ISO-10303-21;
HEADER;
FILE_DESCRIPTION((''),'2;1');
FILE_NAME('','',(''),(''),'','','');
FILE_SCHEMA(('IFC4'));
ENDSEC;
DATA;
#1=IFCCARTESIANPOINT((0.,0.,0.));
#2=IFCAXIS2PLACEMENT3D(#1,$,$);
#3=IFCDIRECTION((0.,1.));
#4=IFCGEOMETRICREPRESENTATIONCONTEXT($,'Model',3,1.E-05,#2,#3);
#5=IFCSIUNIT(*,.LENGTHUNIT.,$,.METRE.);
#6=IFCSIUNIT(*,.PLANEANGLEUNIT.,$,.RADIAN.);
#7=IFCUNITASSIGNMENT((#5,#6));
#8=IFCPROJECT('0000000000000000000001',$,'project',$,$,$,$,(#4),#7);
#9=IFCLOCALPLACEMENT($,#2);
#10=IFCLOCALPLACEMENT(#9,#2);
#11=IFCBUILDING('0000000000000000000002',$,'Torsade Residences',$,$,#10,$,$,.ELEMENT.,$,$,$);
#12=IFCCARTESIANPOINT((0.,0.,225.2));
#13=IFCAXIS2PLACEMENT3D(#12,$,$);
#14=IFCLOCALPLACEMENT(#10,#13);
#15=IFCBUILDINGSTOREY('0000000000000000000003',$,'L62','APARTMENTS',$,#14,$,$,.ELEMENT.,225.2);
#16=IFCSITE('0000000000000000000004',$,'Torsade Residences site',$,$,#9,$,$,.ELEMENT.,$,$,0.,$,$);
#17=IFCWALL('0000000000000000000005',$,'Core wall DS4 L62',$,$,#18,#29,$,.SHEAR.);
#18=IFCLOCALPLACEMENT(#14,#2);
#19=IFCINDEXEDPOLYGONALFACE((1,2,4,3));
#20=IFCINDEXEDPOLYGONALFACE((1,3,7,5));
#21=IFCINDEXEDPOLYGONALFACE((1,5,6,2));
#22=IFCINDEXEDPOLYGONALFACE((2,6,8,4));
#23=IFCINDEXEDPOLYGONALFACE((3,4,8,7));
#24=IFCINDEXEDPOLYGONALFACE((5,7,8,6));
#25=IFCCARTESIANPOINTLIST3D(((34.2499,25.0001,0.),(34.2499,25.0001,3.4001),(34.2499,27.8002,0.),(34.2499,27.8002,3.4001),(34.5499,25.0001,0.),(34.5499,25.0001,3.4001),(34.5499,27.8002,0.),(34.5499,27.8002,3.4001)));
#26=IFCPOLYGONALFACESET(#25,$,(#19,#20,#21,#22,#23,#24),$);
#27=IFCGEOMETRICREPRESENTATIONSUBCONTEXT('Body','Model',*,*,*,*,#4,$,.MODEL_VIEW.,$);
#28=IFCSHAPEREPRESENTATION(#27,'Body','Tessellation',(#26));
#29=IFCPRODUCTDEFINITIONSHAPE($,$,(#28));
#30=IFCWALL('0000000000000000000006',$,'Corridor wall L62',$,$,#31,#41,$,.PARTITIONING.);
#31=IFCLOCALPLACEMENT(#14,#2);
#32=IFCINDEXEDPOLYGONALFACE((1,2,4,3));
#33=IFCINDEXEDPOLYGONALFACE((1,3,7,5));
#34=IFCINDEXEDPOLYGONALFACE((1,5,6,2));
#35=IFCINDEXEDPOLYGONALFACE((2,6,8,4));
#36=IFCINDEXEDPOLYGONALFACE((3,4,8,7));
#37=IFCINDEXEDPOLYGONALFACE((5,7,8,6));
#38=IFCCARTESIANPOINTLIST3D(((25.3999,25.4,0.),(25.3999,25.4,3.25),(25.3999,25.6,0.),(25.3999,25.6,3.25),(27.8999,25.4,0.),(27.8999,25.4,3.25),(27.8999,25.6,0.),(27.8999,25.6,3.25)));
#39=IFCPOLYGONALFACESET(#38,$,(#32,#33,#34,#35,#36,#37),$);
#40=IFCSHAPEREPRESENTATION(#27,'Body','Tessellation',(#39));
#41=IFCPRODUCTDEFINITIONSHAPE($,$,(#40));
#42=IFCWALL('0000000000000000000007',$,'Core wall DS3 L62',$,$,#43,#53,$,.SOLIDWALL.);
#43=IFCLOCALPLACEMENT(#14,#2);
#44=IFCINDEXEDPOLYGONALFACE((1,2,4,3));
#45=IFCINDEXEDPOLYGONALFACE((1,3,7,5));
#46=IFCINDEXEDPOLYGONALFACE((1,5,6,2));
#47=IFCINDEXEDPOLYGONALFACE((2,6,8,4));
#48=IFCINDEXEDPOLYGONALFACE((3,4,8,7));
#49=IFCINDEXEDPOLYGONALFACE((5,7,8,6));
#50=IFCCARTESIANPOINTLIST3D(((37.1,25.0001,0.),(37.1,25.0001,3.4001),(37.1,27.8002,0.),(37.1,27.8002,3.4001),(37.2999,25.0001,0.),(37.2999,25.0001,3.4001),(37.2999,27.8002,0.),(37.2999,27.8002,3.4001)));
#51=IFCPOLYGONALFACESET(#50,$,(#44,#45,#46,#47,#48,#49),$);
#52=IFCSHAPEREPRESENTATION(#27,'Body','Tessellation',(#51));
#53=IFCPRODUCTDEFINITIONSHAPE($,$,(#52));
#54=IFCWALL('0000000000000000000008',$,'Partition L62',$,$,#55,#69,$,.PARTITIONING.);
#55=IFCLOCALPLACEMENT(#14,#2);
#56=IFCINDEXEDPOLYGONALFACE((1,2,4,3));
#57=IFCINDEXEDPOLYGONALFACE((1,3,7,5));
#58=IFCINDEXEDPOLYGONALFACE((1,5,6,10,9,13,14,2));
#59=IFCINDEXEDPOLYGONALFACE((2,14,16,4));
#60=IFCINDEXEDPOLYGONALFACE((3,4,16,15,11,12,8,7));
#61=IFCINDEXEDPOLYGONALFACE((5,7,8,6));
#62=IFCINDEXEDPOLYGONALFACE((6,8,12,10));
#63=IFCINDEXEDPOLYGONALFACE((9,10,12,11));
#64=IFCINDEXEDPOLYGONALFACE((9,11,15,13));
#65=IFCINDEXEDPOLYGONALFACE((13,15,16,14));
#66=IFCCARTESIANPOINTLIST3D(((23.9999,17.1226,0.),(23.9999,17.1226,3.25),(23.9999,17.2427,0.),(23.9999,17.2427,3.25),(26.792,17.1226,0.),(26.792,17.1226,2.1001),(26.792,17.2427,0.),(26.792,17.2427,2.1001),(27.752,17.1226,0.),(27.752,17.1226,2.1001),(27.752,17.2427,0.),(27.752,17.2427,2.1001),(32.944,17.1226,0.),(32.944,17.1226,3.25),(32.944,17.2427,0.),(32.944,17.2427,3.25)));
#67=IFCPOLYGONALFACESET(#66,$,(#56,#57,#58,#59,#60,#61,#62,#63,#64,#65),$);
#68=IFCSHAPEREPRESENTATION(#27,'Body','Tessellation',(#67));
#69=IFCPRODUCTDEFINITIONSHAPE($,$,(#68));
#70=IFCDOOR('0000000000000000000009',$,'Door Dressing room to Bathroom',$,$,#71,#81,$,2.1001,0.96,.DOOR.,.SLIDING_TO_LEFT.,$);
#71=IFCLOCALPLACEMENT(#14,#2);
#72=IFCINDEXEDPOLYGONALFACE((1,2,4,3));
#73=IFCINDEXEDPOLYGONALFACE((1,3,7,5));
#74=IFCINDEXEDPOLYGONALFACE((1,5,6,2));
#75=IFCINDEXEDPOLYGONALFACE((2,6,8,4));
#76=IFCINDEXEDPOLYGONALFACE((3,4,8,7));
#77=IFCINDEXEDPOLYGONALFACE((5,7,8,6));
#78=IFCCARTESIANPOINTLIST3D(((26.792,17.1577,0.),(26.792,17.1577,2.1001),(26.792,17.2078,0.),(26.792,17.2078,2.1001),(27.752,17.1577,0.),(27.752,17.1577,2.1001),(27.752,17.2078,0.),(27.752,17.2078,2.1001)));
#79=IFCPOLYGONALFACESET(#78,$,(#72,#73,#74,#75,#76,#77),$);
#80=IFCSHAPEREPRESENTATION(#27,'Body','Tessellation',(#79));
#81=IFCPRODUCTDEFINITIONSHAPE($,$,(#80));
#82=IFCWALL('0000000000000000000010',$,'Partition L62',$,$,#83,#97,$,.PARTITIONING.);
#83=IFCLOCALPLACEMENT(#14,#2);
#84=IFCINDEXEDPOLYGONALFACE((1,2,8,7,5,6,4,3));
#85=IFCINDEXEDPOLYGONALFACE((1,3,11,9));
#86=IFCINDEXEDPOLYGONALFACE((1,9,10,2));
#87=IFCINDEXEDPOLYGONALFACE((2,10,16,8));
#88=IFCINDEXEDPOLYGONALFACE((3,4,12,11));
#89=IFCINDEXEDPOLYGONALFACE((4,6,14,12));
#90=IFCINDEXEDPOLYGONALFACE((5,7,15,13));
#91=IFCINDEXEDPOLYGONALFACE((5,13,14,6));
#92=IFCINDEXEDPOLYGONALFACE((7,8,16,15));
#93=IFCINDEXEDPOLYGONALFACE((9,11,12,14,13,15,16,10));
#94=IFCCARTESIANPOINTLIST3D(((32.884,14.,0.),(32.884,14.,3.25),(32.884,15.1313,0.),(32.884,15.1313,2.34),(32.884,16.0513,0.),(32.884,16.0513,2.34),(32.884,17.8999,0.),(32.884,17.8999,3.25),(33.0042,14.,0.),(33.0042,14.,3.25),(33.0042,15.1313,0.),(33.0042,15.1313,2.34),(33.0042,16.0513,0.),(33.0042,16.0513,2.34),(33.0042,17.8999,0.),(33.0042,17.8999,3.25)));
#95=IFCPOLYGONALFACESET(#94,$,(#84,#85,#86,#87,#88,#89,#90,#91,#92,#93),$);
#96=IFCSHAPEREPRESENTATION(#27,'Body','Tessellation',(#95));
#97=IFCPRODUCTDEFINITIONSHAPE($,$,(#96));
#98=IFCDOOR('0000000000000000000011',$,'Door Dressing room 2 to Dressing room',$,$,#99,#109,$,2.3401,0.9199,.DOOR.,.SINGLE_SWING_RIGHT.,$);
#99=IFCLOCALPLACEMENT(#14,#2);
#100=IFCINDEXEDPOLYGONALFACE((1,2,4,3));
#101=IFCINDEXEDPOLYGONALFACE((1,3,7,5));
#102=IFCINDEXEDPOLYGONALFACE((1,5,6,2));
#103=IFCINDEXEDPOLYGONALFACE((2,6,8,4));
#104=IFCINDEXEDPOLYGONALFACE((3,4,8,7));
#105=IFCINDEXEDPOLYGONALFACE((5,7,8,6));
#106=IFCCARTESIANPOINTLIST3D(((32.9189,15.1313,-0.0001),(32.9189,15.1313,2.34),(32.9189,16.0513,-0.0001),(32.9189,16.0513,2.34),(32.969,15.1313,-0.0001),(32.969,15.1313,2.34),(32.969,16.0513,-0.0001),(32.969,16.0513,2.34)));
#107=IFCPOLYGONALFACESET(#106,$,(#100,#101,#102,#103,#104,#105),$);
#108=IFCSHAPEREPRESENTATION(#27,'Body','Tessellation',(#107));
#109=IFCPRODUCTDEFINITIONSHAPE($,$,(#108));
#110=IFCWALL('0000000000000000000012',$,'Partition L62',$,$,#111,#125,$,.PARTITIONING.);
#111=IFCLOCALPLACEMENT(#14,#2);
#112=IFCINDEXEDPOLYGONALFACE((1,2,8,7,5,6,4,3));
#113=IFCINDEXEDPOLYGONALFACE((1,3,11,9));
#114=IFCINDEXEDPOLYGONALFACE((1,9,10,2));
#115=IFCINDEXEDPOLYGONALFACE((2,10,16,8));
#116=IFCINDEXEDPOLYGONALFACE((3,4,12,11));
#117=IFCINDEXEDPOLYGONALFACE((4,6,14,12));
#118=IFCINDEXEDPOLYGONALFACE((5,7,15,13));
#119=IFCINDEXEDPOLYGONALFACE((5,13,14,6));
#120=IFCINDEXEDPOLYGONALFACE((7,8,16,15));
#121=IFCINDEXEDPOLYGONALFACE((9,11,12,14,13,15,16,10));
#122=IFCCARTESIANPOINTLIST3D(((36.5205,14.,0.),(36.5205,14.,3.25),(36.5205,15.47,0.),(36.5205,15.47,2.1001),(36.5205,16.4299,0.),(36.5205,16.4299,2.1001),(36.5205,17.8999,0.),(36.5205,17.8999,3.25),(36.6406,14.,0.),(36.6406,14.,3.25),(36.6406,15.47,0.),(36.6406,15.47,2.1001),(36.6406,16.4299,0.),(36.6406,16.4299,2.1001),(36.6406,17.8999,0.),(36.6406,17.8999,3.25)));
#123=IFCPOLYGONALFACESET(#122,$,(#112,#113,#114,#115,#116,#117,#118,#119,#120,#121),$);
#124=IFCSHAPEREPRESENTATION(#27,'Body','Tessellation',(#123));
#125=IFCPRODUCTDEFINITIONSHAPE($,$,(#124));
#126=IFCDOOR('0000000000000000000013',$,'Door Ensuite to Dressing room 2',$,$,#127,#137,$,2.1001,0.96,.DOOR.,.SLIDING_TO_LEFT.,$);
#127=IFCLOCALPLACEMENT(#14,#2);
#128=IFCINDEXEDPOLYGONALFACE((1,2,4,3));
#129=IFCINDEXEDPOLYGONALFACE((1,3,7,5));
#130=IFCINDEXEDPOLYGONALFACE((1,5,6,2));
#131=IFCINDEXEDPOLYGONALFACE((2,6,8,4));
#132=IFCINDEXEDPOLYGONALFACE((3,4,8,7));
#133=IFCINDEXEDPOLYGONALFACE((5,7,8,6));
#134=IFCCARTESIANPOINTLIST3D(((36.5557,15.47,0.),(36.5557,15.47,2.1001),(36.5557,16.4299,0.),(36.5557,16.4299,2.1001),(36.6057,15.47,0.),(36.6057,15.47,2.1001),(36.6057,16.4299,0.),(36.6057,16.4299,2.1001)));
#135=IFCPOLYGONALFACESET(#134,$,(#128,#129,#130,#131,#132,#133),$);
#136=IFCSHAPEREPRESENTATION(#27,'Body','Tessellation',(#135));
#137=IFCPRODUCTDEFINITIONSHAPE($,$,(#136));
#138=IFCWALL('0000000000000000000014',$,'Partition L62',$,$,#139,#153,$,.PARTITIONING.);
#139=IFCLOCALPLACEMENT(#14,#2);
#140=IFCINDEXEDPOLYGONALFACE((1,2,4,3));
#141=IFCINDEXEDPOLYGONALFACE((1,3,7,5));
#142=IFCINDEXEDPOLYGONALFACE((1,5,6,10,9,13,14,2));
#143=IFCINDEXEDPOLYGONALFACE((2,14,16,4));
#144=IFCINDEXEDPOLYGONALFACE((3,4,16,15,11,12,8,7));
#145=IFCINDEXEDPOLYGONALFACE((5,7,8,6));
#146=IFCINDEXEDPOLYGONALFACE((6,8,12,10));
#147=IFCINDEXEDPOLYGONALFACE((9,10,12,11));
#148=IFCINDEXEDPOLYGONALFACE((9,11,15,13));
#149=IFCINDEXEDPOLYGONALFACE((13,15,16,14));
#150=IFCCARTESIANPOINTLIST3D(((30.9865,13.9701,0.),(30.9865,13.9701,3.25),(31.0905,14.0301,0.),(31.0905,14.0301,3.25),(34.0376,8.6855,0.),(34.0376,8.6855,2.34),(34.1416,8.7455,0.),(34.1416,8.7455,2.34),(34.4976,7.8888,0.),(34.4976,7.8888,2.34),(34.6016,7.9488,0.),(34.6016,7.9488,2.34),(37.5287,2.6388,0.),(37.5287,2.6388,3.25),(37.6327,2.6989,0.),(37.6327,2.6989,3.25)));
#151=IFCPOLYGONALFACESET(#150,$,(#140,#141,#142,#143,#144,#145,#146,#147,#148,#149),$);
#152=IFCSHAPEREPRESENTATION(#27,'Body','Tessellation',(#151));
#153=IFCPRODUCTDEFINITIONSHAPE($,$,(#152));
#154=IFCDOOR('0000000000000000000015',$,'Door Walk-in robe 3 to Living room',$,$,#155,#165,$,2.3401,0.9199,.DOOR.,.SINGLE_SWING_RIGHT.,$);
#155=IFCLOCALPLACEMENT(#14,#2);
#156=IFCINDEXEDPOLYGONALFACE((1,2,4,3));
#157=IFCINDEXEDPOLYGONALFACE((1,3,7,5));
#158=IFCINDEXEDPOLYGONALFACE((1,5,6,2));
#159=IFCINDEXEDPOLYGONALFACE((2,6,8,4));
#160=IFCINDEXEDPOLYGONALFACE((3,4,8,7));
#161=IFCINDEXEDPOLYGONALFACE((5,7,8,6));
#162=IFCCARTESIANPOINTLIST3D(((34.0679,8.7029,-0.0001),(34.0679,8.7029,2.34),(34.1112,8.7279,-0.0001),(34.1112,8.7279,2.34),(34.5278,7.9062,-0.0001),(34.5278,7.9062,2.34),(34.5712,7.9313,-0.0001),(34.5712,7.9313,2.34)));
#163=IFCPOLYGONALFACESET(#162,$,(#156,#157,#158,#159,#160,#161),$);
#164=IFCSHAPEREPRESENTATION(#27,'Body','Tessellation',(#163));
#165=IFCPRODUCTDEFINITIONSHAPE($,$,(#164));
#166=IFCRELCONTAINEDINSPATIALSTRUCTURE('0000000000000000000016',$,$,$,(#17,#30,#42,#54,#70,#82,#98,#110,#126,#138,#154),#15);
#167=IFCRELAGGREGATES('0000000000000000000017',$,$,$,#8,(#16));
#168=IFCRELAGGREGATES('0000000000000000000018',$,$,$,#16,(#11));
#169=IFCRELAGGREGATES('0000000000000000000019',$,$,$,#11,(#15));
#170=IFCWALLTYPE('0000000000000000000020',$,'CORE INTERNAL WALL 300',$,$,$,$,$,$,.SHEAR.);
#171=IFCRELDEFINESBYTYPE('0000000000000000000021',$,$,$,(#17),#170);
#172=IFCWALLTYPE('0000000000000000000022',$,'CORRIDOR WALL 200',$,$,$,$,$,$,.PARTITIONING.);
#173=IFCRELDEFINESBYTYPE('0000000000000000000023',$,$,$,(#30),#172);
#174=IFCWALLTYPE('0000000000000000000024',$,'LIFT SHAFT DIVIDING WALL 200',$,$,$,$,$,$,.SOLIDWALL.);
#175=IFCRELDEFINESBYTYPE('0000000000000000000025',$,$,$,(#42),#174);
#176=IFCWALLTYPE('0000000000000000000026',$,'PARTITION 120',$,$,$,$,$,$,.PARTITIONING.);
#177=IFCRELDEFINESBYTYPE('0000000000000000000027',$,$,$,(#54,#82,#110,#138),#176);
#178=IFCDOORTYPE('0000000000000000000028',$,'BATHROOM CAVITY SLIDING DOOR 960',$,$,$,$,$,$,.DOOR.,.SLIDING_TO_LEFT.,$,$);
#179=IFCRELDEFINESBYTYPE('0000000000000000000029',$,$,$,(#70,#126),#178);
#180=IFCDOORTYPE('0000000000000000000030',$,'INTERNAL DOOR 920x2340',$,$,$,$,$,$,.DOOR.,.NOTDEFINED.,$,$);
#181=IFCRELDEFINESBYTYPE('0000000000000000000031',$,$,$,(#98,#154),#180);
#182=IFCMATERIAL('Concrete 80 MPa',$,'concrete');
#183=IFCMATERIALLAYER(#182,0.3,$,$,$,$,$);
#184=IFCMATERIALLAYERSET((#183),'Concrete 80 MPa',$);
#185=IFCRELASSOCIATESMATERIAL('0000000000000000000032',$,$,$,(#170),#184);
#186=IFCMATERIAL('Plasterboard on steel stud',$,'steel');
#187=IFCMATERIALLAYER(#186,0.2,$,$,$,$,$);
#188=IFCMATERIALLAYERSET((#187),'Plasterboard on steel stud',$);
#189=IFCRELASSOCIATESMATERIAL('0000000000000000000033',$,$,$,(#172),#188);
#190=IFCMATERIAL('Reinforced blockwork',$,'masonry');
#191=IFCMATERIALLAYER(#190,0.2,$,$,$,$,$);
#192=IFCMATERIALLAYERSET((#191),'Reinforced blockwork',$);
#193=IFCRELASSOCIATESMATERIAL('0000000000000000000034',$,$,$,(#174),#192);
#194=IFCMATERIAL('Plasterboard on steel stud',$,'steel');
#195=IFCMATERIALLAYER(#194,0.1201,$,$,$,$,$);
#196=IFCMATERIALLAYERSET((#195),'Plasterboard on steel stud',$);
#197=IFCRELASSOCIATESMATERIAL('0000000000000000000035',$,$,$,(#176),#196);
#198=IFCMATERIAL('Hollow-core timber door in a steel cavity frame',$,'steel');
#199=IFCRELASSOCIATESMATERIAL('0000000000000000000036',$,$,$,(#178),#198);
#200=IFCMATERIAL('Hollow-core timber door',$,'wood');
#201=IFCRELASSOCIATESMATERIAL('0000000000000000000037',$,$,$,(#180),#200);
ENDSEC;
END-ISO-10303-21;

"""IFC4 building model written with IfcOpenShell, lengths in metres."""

from ifc_helpers import new_model, si_unit, direction, frame, frame_2d, origin, place, context, subcontext, project, spatial, rectangle, extrude, material, layer, layer_set, type_object, element, fill, save


model = new_model("IFC4")

# Units and contexts
model_context = context("Model", 3, precision=1e-05, world=origin(), true_north=direction((0.0, 1.0)))
body_context = subcontext(model_context, "Body", "Model", "MODEL_VIEW")
ifc_project = project(units=[si_unit("LENGTHUNIT", "METRE"), si_unit("PLANEANGLEUNIT", "RADIAN")], contexts=[model_context])

# Site, building, storey
site_placement = place(None, origin())
site = spatial("IfcSite", under=ifc_project, at=site_placement, Name="Torsade Residences site", CompositionType="ELEMENT", RefElevation=0.0)
building_placement = place(site_placement, origin())
building = spatial("IfcBuilding", under=site, at=building_placement, Name="Torsade Residences", CompositionType="ELEMENT")
storey_placement = place(building_placement, frame((0.0, 0.0, 225.2)))
storey = spatial("IfcBuildingStorey", under=building, at=storey_placement, Name="L62", Description="APARTMENTS", CompositionType="ELEMENT", Elevation=225.2)

# Walls
ifc_material_1 = material(Name="Concrete 80 MPa", Category="concrete")
ifc_layer_1 = layer(ifc_material_1, 0.3)
ifc_layer_set_1 = layer_set([ifc_layer_1], Name="Concrete 80 MPa")
wall_type_1 = type_object("IfcWallType", Name="CORE INTERNAL WALL 300", PredefinedType="SHEAR", material=ifc_layer_set_1)
wall_1_placement = place(storey_placement, frame((34.3999, 27.8, 0.0), z_axis=(0.0, 0.0, 1.0), x_axis=(0.0, -1.0, 0.0)))
element("IfcWall", 1, at=wall_1_placement, inside=storey, type_object=wall_type_1, Name="Core wall DS4 L62", PredefinedType="SHEAR", context=body_context, shape_type="SweptSolid", body=[
    extrude(rectangle(XDim=2.8, YDim=0.3, at=frame_2d((1.3999, 0.0))), origin(), (0.0, 0.0, 1.0), 3.4001),
])
ifc_material_2 = material(Name="Plasterboard on steel stud", Category="steel")
ifc_layer_2 = layer(ifc_material_2, 0.2)
ifc_layer_set_2 = layer_set([ifc_layer_2], Name="Plasterboard on steel stud")
wall_type_2 = type_object("IfcWallType", Name="CORRIDOR WALL 200", PredefinedType="PARTITIONING", material=ifc_layer_set_2)
wall_2_placement = place(storey_placement, frame((27.8999, 25.5, 0.0), z_axis=(0.0, 0.0, 1.0), x_axis=(-1.0, 0.0, 0.0)))
element("IfcWall", 2, at=wall_2_placement, inside=storey, type_object=wall_type_2, Name="Corridor wall L62", PredefinedType="PARTITIONING", context=body_context, shape_type="SweptSolid", body=[
    extrude(rectangle(XDim=2.5, YDim=0.2, at=frame_2d((1.25, 0.0))), origin(), (0.0, 0.0, 1.0), 3.25),
])
ifc_material_3 = material(Name="Reinforced blockwork", Category="masonry")
ifc_layer_3 = layer(ifc_material_3, 0.2)
ifc_layer_set_3 = layer_set([ifc_layer_3], Name="Reinforced blockwork")
wall_type_3 = type_object("IfcWallType", Name="LIFT SHAFT DIVIDING WALL 200", PredefinedType="SOLIDWALL", material=ifc_layer_set_3)
wall_3_placement = place(storey_placement, frame((37.2, 27.8, 0.0), z_axis=(0.0, 0.0, 1.0), x_axis=(0.0, -1.0, 0.0)))
element("IfcWall", 3, at=wall_3_placement, inside=storey, type_object=wall_type_3, Name="Core wall DS3 L62", PredefinedType="SOLIDWALL", context=body_context, shape_type="SweptSolid", body=[
    extrude(rectangle(XDim=2.8, YDim=0.2, at=frame_2d((1.3999, 0.0))), origin(), (0.0, 0.0, 1.0), 3.4001),
])

# Walls, openings, doors
ifc_material_4 = material(Name="Plasterboard on steel stud", Category="steel")
ifc_layer_4 = layer(ifc_material_4, 0.1201)
ifc_layer_set_4 = layer_set([ifc_layer_4], Name="Plasterboard on steel stud")
wall_type_4 = type_object("IfcWallType", Name="PARTITION 120", PredefinedType="PARTITIONING", material=ifc_layer_set_4)
wall_4_placement = place(storey_placement, frame((32.9441, 17.1826, 0.0), z_axis=(0.0, 0.0, 1.0), x_axis=(-1.0, 0.0, 0.0)))
wall_4 = element("IfcWall", 4, at=wall_4_placement, inside=storey, type_object=wall_type_4, Name="Partition L62", PredefinedType="PARTITIONING", context=body_context, shape_type="SweptSolid", body=[
    extrude(rectangle(XDim=8.9441, YDim=0.1201, at=frame_2d((4.4722, 0.0))), origin(), (0.0, 0.0, 1.0), 3.25),
])
opening_1_placement = place(wall_4_placement, frame((5.1921, 0.0, 0.0)))
opening_1 = element("IfcOpeningElement", 5, at=opening_1_placement, cuts=wall_4, PredefinedType="OPENING", context=body_context, shape_type="SweptSolid", body=[
    extrude(rectangle(XDim=0.96, YDim=2.1001, at=frame_2d((0.48, 1.05))), frame((0.0, 0.0701, 0.0), z_axis=(0.0, -1.0, 0.0), x_axis=(1.0, 0.0, 0.0)), (0.0, 0.0, 1.0), 0.1401),
])
ifc_material_5 = material(Name="Hollow-core timber door in a steel cavity frame", Category="steel")
door_type_1 = type_object("IfcDoorType", Name="BATHROOM CAVITY SLIDING DOOR 960", OperationType="SLIDING_TO_LEFT", PredefinedType="DOOR", material=ifc_material_5)
door_1_placement = place(opening_1_placement, origin())
door_1 = element("IfcDoor", 6, at=door_1_placement, inside=storey, type_object=door_type_1, Name="Door Dressing room to Bathroom", OperationType="SLIDING_TO_LEFT", OverallHeight=2.1001, OverallWidth=0.96, PredefinedType="DOOR", context=body_context, shape_type="SweptSolid", body=[
    extrude(rectangle(XDim=0.96, YDim=2.1001, at=frame_2d((0.48, 1.05))), frame((0.0, 0.0249, 0.0), z_axis=(0.0, -1.0, 0.0), x_axis=(1.0, 0.0, 0.0)), (0.0, 0.0, 1.0), 0.05),
])
fill(opening_1, door_1)
wall_5_placement = place(storey_placement, frame((32.9441, 17.8999, 0.0), z_axis=(0.0, 0.0, 1.0), x_axis=(0.0, -1.0, 0.0)))
wall_5 = element("IfcWall", 7, at=wall_5_placement, inside=storey, type_object=wall_type_4, Name="Partition L62", PredefinedType="PARTITIONING", context=body_context, shape_type="SweptSolid", body=[
    extrude(rectangle(XDim=3.8999, YDim=0.1201, at=frame_2d((1.95, 0.0))), origin(), (0.0, 0.0, 1.0), 3.25),
])
opening_2_placement = place(wall_5_placement, frame((1.8486, 0.0, 0.0)))
opening_2 = element("IfcOpeningElement", 8, at=opening_2_placement, cuts=wall_5, PredefinedType="OPENING", context=body_context, shape_type="SweptSolid", body=[
    extrude(rectangle(XDim=0.9199, YDim=2.3401, at=frame_2d((0.46, 1.1699))), frame((0.0, 0.0701, 0.0), z_axis=(0.0, -1.0, 0.0), x_axis=(1.0, 0.0, 0.0)), (0.0, 0.0, 1.0), 0.1401),
])
ifc_material_6 = material(Name="Hollow-core timber door", Category="wood")
door_type_2 = type_object("IfcDoorType", Name="INTERNAL DOOR 920x2340", OperationType="NOTDEFINED", PredefinedType="DOOR", material=ifc_material_6)
door_2_placement = place(opening_2_placement, origin())
door_2 = element("IfcDoor", 9, at=door_2_placement, inside=storey, type_object=door_type_2, Name="Door Dressing room 2 to Dressing room", OperationType="SINGLE_SWING_RIGHT", OverallHeight=2.3401, OverallWidth=0.9199, PredefinedType="DOOR", context=body_context, shape_type="SweptSolid", body=[
    extrude(rectangle(XDim=0.9199, YDim=2.3401, at=frame_2d((0.46, 1.1699))), frame((0.0, 0.0249, 0.0), z_axis=(0.0, -1.0, 0.0), x_axis=(1.0, 0.0, 0.0)), (0.0, 0.0, 1.0), 0.05),
])
fill(opening_2, door_2)
wall_6_placement = place(storey_placement, frame((36.5806, 14.0, 0.0), z_axis=(0.0, 0.0, 1.0), x_axis=(0.0, 1.0, 0.0)))
wall_6 = element("IfcWall", 10, at=wall_6_placement, inside=storey, type_object=wall_type_4, Name="Partition L62", PredefinedType="PARTITIONING", context=body_context, shape_type="SweptSolid", body=[
    extrude(rectangle(XDim=3.8999, YDim=0.1201, at=frame_2d((1.95, 0.0))), origin(), (0.0, 0.0, 1.0), 3.25),
])
opening_3_placement = place(wall_6_placement, frame((1.47, 0.0, 0.0)))
opening_3 = element("IfcOpeningElement", 11, at=opening_3_placement, cuts=wall_6, PredefinedType="OPENING", context=body_context, shape_type="SweptSolid", body=[
    extrude(rectangle(XDim=0.96, YDim=2.1001, at=frame_2d((0.48, 1.05))), frame((0.0, 0.0701, 0.0), z_axis=(0.0, -1.0, 0.0), x_axis=(1.0, 0.0, 0.0)), (0.0, 0.0, 1.0), 0.1401),
])
door_3_placement = place(opening_3_placement, origin())
door_3 = element("IfcDoor", 12, at=door_3_placement, inside=storey, type_object=door_type_1, Name="Door Ensuite to Dressing room 2", OperationType="SLIDING_TO_LEFT", OverallHeight=2.1001, OverallWidth=0.96, PredefinedType="DOOR", context=body_context, shape_type="SweptSolid", body=[
    extrude(rectangle(XDim=0.96, YDim=2.1001, at=frame_2d((0.48, 1.05))), frame((0.0, 0.0249, 0.0), z_axis=(0.0, -1.0, 0.0), x_axis=(1.0, 0.0, 0.0)), (0.0, 0.0, 1.0), 0.05),
])
fill(opening_3, door_3)
wall_7_placement = place(storey_placement, frame((31.0386, 14.0, 0.0), z_axis=(0.0, 0.0, 1.0), x_axis=(0.500006, -0.866022, 0.0)))
wall_7 = element("IfcWall", 13, at=wall_7_placement, inside=storey, type_object=wall_type_4, Name="Partition L62", PredefinedType="PARTITIONING", context=body_context, shape_type="SweptSolid", body=[
    extrude(rectangle(XDim=13.0842, YDim=0.1201, at=frame_2d((6.542, 0.0))), origin(), (0.0, 0.0, 1.0), 3.25),
])
opening_4_placement = place(wall_7_placement, frame((6.1021, 0.0, 0.0)))
opening_4 = element("IfcOpeningElement", 14, at=opening_4_placement, cuts=wall_7, PredefinedType="OPENING", context=body_context, shape_type="SweptSolid", body=[
    extrude(rectangle(XDim=0.9199, YDim=2.3401, at=frame_2d((0.46, 1.1699))), frame((0.0, 0.0701, 0.0), z_axis=(0.0, -1.0, 0.0), x_axis=(1.0, 0.0, 0.0)), (0.0, 0.0, 1.0), 0.1401),
])
door_4_placement = place(opening_4_placement, origin())
door_4 = element("IfcDoor", 15, at=door_4_placement, inside=storey, type_object=door_type_2, Name="Door Walk-in robe 3 to Living room", OperationType="SINGLE_SWING_RIGHT", OverallHeight=2.3401, OverallWidth=0.9199, PredefinedType="DOOR", context=body_context, shape_type="SweptSolid", body=[
    extrude(rectangle(XDim=0.9199, YDim=2.3401, at=frame_2d((0.46, 1.1699))), frame((0.0, 0.0249, 0.0), z_axis=(0.0, -1.0, 0.0), x_axis=(1.0, 0.0, 0.0)), (0.0, 0.0, 1.0), 0.05),
])
fill(opening_4, door_4)

save(model, "model.ifc")
